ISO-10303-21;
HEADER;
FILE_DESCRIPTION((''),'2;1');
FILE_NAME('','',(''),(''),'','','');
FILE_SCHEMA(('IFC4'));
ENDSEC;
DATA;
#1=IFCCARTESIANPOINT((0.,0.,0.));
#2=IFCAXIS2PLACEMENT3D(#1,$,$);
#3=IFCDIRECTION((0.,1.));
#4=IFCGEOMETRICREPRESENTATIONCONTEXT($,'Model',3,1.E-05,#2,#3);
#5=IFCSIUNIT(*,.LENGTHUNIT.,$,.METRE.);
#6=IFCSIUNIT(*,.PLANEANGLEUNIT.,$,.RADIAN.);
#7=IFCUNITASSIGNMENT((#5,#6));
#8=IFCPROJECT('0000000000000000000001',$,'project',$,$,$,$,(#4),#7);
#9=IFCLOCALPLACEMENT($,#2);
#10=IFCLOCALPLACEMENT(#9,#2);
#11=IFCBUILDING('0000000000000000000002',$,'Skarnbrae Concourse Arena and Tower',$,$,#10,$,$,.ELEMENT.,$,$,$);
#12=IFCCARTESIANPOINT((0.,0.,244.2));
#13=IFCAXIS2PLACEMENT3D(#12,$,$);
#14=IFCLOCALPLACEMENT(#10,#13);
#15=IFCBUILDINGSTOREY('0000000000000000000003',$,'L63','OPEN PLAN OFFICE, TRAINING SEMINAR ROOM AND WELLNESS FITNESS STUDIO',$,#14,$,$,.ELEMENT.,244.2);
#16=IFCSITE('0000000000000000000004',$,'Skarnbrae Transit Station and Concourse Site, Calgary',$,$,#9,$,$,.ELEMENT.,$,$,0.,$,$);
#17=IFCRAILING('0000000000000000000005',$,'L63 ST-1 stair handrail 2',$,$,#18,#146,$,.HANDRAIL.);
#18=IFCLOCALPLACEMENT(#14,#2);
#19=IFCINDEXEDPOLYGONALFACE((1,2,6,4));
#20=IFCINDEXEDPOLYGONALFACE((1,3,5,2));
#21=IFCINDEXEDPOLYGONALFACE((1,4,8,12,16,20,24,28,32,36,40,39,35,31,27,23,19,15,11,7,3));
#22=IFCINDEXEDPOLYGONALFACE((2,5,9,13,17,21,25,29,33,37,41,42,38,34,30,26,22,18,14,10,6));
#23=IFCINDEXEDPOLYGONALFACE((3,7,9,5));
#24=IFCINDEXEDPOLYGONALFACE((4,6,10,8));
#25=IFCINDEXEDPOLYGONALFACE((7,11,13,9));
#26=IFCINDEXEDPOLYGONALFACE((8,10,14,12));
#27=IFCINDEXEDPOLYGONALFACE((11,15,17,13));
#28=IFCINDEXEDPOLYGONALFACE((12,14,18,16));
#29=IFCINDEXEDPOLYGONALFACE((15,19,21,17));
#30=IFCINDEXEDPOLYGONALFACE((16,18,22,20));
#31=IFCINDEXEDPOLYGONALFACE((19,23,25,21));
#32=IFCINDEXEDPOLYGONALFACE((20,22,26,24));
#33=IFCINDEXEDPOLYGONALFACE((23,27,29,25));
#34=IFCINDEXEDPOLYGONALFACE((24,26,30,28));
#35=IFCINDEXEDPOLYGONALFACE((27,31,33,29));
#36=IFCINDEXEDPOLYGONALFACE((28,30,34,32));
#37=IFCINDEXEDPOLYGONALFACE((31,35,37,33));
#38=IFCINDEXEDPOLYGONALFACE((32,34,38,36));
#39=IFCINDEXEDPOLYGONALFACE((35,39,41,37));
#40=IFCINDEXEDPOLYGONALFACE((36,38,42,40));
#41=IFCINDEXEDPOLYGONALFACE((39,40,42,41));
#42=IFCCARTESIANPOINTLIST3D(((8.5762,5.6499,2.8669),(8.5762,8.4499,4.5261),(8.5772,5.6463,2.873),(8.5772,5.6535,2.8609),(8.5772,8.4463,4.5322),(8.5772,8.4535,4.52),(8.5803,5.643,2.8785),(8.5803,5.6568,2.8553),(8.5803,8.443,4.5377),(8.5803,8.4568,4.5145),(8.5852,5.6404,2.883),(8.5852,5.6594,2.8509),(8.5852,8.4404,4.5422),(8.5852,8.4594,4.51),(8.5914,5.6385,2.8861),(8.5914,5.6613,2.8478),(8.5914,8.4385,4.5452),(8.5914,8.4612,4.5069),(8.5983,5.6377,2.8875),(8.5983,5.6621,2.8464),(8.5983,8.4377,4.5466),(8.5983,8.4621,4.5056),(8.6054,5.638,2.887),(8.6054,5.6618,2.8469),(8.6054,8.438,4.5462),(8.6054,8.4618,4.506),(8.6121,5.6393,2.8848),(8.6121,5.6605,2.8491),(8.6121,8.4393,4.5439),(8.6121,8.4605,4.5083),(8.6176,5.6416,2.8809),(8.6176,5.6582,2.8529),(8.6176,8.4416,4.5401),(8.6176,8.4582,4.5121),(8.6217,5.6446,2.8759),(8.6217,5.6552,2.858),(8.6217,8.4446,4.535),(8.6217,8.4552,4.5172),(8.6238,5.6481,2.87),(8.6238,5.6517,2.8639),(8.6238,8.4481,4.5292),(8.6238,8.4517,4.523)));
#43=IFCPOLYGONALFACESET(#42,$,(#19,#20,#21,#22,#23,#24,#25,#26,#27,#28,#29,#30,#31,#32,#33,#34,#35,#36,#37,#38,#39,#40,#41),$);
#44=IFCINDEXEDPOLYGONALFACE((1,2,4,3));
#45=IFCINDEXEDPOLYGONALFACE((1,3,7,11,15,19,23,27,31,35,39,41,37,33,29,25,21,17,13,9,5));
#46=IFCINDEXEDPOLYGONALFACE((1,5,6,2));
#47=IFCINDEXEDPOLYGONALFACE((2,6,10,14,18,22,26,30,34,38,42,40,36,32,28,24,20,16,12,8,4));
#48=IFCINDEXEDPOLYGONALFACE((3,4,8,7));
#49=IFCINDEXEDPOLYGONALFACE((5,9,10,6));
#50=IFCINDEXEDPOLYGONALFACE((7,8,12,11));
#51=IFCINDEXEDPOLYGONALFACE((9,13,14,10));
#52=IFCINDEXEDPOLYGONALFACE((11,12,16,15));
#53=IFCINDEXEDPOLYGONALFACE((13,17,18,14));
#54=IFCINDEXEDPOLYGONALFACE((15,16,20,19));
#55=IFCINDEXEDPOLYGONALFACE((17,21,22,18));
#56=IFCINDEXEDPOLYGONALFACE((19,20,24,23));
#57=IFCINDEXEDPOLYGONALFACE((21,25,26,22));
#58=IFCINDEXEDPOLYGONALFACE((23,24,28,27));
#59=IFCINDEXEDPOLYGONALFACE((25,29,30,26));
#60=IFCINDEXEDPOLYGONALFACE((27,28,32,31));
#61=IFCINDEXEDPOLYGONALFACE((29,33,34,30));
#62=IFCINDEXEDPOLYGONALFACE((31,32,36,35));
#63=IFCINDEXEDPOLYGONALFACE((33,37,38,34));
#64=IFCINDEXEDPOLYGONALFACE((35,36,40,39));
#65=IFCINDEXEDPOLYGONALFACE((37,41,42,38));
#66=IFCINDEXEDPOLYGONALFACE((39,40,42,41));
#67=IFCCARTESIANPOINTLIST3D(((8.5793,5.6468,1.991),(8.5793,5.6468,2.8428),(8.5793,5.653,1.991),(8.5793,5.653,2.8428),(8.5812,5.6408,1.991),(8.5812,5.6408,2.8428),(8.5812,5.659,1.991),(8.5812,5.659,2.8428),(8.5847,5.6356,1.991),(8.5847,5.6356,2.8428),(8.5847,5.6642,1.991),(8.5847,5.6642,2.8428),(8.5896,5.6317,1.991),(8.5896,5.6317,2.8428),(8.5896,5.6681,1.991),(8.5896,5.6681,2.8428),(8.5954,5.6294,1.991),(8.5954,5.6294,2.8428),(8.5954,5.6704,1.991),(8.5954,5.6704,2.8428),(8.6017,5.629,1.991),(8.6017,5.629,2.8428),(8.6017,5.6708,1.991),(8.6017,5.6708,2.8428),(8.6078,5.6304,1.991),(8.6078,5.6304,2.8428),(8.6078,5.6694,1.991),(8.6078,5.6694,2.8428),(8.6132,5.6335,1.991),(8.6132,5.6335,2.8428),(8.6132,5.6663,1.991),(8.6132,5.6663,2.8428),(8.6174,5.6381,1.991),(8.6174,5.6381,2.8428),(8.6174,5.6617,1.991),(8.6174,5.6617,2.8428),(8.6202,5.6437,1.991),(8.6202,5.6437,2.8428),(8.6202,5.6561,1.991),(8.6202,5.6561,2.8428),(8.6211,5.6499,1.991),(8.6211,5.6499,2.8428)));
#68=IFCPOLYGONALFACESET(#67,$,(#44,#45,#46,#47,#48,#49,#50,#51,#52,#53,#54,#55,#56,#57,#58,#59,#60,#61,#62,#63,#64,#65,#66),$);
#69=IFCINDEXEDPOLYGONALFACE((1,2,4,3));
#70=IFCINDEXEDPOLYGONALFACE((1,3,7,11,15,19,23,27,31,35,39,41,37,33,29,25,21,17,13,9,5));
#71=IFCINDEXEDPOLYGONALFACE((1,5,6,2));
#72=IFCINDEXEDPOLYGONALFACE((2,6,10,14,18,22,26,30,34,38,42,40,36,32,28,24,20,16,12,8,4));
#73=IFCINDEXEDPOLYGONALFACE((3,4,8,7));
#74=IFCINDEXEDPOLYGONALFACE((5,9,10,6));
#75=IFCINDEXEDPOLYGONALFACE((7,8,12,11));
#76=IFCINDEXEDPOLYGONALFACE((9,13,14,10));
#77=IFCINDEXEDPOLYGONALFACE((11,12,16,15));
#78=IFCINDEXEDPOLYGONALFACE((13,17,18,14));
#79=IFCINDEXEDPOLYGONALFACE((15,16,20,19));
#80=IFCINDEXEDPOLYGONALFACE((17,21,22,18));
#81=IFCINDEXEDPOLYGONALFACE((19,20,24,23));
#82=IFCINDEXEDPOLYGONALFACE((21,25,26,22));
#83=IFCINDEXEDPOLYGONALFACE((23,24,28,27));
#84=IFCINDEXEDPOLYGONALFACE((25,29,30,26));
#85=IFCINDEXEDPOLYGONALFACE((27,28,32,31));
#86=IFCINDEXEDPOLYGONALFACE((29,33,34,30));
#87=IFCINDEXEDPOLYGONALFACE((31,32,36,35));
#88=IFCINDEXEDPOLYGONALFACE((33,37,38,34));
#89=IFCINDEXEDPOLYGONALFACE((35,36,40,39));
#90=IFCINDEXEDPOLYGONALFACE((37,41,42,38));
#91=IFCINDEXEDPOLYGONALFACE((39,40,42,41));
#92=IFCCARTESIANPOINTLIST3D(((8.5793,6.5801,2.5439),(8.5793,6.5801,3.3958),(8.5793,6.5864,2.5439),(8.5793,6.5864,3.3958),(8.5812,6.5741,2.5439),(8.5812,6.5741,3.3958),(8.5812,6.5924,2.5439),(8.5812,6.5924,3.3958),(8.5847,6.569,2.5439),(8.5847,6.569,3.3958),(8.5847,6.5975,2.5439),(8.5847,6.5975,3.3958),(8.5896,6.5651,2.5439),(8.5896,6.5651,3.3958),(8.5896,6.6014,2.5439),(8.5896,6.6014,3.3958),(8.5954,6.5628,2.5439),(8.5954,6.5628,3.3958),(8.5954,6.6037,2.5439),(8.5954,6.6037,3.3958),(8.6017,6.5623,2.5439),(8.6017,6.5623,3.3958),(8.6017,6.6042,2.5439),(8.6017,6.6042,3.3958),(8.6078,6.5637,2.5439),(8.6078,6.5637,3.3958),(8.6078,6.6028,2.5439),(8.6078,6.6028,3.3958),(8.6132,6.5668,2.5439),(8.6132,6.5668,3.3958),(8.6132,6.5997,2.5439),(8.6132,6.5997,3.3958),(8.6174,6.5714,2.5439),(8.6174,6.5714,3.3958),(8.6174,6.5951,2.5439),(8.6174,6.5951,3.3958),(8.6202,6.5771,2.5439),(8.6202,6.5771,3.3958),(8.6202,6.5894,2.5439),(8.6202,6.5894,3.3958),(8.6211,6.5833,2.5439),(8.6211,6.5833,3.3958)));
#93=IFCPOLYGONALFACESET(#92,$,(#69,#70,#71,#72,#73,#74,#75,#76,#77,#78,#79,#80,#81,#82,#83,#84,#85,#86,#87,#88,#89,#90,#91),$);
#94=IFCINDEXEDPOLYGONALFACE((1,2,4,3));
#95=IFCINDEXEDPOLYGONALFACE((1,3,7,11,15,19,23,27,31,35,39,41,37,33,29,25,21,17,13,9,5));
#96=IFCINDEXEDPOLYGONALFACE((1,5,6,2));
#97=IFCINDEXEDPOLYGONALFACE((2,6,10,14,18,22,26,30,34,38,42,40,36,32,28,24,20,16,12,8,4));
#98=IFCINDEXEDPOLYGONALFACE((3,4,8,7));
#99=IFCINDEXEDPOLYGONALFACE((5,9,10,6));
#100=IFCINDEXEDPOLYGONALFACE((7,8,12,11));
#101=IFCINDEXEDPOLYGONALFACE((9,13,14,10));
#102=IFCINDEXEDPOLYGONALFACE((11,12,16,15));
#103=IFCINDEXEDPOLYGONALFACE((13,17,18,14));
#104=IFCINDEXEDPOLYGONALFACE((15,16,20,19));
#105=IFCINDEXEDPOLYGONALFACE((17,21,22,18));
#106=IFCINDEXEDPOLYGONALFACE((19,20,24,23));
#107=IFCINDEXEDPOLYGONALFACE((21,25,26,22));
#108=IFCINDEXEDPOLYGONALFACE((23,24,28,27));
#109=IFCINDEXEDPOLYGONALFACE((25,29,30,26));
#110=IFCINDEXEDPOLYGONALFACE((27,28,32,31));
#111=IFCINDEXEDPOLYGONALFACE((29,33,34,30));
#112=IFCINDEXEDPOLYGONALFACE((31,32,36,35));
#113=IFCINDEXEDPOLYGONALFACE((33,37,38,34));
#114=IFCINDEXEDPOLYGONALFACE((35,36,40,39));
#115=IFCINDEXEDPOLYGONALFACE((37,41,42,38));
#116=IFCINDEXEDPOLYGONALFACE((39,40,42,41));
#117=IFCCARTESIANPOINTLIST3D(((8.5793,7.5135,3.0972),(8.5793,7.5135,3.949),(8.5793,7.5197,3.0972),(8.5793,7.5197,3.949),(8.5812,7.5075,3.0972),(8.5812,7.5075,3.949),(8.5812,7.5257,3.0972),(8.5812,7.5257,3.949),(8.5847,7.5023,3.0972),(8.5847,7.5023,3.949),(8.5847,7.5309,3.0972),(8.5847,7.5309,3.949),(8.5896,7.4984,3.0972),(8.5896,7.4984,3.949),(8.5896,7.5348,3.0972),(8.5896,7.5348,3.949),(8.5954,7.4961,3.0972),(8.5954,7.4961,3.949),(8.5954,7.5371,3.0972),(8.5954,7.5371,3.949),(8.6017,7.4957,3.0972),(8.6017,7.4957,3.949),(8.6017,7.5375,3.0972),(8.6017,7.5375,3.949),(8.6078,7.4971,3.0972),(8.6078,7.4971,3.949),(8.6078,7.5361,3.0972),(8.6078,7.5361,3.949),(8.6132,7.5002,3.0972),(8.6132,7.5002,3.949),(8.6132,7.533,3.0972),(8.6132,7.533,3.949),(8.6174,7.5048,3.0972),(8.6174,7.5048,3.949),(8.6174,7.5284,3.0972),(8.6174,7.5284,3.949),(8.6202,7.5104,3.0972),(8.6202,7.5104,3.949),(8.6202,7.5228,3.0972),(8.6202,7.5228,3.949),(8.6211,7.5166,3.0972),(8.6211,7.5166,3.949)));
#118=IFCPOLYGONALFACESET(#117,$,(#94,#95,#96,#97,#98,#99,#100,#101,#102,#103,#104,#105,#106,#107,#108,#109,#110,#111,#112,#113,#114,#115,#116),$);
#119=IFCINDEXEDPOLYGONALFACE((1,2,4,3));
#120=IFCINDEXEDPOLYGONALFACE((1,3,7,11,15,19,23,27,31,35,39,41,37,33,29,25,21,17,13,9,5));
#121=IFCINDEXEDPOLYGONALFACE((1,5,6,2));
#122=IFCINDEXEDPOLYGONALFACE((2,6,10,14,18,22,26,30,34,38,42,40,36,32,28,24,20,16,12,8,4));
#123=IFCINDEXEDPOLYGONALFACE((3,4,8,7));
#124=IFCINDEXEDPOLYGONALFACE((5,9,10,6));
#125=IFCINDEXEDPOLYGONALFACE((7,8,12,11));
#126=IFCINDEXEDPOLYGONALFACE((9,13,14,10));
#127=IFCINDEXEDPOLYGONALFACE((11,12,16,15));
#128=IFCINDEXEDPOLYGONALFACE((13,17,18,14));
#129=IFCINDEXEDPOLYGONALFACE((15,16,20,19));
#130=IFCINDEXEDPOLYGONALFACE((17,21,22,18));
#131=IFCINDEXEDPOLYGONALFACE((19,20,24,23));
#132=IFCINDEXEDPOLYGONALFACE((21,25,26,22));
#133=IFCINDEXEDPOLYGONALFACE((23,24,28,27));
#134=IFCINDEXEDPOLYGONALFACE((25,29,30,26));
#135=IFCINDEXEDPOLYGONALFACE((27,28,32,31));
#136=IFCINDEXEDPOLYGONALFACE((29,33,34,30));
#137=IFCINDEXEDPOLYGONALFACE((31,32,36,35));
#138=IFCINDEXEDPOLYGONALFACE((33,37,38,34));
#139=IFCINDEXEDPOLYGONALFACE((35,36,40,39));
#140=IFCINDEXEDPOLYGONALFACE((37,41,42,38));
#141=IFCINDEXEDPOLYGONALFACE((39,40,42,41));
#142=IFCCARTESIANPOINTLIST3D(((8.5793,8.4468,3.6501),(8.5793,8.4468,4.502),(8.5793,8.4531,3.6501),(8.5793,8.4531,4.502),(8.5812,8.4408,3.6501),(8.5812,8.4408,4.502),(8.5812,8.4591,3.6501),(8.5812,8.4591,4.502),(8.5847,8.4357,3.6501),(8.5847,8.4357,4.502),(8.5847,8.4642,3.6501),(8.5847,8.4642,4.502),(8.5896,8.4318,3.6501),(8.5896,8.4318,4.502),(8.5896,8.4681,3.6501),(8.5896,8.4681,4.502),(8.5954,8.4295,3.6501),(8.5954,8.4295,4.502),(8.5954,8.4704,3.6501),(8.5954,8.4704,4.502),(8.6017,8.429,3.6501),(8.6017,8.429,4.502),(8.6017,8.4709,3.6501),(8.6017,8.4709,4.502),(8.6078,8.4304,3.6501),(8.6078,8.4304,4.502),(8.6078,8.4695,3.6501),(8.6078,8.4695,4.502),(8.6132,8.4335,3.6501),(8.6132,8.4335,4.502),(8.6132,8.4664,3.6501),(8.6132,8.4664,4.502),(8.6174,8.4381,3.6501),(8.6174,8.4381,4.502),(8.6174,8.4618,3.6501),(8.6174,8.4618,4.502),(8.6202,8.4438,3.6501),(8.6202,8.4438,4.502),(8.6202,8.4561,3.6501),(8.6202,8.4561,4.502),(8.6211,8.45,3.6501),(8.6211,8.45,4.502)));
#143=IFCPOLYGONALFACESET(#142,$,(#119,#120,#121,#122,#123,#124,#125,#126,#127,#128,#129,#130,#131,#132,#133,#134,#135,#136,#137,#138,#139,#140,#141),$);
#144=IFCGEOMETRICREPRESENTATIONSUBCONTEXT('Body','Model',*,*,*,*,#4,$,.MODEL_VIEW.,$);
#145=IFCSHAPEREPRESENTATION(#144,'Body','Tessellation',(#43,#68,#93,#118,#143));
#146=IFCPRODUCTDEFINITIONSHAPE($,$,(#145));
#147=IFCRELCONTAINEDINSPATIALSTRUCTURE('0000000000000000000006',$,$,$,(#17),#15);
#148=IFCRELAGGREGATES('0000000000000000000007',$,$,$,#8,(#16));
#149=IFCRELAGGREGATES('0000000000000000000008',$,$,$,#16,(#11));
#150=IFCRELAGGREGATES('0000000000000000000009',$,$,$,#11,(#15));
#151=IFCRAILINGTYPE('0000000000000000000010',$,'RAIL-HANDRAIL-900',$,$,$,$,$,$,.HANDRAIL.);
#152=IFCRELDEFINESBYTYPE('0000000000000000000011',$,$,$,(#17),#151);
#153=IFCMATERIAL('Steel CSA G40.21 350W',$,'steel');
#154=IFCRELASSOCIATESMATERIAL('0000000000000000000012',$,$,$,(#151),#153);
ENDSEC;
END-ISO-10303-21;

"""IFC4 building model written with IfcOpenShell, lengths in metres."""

from ifc_helpers import new_model, si_unit, direction, frame, origin, origin_2d, place, context, subcontext, project, spatial, circle, extrude, material, type_object, element, save


model = new_model("IFC4")

# Units and contexts
model_context = context("Model", 3, precision=1e-05, world=origin(), true_north=direction((0.0, 1.0)))
body_context = subcontext(model_context, "Body", "Model", "MODEL_VIEW")
ifc_project = project(units=[si_unit("LENGTHUNIT", "METRE"), si_unit("PLANEANGLEUNIT", "RADIAN")], contexts=[model_context])

# Site, building, storey
site_placement = place(None, origin())
site = spatial("IfcSite", under=ifc_project, at=site_placement, Name="Skarnbrae Transit Station and Concourse Site, Calgary", CompositionType="ELEMENT", RefElevation=0.0)
building_placement = place(site_placement, origin())
building = spatial("IfcBuilding", under=site, at=building_placement, Name="Skarnbrae Concourse Arena and Tower", CompositionType="ELEMENT")
storey_placement = place(building_placement, frame((0.0, 0.0, 244.2)))
storey = spatial("IfcBuildingStorey", under=building, at=storey_placement, Name="L63", Description="OPEN PLAN OFFICE, TRAINING SEMINAR ROOM AND WELLNESS FITNESS STUDIO", CompositionType="ELEMENT", Elevation=244.2)

# Shared definitions
ifc_material_1 = material(Name="Steel CSA G40.21 350W", Category="steel")

# Railing
railing_type_1 = type_object("IfcRailingType", Name="RAIL-HANDRAIL-900", PredefinedType="HANDRAIL", material=ifc_material_1)
railing_1_placement = place(storey_placement, frame((8.6001, 5.6499, 1.991)))
element("IfcRailing", 1, at=railing_1_placement, inside=storey, type_object=railing_type_1, Name="L63 ST-1 stair handrail 2", PredefinedType="HANDRAIL", context=body_context, shape_type="SweptSolid", body=[
    extrude(circle(Radius=0.0239, at=origin_2d()), frame((0.0, 0.0, 0.876), z_axis=(0.0, 0.860306, 0.509778), x_axis=(-1.0, 0.0, 0.0)), (0.0, 0.0, 1.0), 3.2546),
    extrude(circle(Radius=0.021, at=origin_2d()), origin(), (0.0, 0.0, 1.0), 0.8518),
    extrude(circle(Radius=0.021, at=origin_2d()), frame((0.0, 0.9333, 0.553)), (0.0, 0.0, 1.0), 0.8518),
    extrude(circle(Radius=0.021, at=origin_2d()), frame((0.0, 1.8667, 1.1062)), (0.0, 0.0, 1.0), 0.8518),
    extrude(circle(Radius=0.021, at=origin_2d()), frame((0.0, 2.8, 1.6592)), (0.0, 0.0, 1.0), 0.8518),
])

save(model, "model.ifc")
